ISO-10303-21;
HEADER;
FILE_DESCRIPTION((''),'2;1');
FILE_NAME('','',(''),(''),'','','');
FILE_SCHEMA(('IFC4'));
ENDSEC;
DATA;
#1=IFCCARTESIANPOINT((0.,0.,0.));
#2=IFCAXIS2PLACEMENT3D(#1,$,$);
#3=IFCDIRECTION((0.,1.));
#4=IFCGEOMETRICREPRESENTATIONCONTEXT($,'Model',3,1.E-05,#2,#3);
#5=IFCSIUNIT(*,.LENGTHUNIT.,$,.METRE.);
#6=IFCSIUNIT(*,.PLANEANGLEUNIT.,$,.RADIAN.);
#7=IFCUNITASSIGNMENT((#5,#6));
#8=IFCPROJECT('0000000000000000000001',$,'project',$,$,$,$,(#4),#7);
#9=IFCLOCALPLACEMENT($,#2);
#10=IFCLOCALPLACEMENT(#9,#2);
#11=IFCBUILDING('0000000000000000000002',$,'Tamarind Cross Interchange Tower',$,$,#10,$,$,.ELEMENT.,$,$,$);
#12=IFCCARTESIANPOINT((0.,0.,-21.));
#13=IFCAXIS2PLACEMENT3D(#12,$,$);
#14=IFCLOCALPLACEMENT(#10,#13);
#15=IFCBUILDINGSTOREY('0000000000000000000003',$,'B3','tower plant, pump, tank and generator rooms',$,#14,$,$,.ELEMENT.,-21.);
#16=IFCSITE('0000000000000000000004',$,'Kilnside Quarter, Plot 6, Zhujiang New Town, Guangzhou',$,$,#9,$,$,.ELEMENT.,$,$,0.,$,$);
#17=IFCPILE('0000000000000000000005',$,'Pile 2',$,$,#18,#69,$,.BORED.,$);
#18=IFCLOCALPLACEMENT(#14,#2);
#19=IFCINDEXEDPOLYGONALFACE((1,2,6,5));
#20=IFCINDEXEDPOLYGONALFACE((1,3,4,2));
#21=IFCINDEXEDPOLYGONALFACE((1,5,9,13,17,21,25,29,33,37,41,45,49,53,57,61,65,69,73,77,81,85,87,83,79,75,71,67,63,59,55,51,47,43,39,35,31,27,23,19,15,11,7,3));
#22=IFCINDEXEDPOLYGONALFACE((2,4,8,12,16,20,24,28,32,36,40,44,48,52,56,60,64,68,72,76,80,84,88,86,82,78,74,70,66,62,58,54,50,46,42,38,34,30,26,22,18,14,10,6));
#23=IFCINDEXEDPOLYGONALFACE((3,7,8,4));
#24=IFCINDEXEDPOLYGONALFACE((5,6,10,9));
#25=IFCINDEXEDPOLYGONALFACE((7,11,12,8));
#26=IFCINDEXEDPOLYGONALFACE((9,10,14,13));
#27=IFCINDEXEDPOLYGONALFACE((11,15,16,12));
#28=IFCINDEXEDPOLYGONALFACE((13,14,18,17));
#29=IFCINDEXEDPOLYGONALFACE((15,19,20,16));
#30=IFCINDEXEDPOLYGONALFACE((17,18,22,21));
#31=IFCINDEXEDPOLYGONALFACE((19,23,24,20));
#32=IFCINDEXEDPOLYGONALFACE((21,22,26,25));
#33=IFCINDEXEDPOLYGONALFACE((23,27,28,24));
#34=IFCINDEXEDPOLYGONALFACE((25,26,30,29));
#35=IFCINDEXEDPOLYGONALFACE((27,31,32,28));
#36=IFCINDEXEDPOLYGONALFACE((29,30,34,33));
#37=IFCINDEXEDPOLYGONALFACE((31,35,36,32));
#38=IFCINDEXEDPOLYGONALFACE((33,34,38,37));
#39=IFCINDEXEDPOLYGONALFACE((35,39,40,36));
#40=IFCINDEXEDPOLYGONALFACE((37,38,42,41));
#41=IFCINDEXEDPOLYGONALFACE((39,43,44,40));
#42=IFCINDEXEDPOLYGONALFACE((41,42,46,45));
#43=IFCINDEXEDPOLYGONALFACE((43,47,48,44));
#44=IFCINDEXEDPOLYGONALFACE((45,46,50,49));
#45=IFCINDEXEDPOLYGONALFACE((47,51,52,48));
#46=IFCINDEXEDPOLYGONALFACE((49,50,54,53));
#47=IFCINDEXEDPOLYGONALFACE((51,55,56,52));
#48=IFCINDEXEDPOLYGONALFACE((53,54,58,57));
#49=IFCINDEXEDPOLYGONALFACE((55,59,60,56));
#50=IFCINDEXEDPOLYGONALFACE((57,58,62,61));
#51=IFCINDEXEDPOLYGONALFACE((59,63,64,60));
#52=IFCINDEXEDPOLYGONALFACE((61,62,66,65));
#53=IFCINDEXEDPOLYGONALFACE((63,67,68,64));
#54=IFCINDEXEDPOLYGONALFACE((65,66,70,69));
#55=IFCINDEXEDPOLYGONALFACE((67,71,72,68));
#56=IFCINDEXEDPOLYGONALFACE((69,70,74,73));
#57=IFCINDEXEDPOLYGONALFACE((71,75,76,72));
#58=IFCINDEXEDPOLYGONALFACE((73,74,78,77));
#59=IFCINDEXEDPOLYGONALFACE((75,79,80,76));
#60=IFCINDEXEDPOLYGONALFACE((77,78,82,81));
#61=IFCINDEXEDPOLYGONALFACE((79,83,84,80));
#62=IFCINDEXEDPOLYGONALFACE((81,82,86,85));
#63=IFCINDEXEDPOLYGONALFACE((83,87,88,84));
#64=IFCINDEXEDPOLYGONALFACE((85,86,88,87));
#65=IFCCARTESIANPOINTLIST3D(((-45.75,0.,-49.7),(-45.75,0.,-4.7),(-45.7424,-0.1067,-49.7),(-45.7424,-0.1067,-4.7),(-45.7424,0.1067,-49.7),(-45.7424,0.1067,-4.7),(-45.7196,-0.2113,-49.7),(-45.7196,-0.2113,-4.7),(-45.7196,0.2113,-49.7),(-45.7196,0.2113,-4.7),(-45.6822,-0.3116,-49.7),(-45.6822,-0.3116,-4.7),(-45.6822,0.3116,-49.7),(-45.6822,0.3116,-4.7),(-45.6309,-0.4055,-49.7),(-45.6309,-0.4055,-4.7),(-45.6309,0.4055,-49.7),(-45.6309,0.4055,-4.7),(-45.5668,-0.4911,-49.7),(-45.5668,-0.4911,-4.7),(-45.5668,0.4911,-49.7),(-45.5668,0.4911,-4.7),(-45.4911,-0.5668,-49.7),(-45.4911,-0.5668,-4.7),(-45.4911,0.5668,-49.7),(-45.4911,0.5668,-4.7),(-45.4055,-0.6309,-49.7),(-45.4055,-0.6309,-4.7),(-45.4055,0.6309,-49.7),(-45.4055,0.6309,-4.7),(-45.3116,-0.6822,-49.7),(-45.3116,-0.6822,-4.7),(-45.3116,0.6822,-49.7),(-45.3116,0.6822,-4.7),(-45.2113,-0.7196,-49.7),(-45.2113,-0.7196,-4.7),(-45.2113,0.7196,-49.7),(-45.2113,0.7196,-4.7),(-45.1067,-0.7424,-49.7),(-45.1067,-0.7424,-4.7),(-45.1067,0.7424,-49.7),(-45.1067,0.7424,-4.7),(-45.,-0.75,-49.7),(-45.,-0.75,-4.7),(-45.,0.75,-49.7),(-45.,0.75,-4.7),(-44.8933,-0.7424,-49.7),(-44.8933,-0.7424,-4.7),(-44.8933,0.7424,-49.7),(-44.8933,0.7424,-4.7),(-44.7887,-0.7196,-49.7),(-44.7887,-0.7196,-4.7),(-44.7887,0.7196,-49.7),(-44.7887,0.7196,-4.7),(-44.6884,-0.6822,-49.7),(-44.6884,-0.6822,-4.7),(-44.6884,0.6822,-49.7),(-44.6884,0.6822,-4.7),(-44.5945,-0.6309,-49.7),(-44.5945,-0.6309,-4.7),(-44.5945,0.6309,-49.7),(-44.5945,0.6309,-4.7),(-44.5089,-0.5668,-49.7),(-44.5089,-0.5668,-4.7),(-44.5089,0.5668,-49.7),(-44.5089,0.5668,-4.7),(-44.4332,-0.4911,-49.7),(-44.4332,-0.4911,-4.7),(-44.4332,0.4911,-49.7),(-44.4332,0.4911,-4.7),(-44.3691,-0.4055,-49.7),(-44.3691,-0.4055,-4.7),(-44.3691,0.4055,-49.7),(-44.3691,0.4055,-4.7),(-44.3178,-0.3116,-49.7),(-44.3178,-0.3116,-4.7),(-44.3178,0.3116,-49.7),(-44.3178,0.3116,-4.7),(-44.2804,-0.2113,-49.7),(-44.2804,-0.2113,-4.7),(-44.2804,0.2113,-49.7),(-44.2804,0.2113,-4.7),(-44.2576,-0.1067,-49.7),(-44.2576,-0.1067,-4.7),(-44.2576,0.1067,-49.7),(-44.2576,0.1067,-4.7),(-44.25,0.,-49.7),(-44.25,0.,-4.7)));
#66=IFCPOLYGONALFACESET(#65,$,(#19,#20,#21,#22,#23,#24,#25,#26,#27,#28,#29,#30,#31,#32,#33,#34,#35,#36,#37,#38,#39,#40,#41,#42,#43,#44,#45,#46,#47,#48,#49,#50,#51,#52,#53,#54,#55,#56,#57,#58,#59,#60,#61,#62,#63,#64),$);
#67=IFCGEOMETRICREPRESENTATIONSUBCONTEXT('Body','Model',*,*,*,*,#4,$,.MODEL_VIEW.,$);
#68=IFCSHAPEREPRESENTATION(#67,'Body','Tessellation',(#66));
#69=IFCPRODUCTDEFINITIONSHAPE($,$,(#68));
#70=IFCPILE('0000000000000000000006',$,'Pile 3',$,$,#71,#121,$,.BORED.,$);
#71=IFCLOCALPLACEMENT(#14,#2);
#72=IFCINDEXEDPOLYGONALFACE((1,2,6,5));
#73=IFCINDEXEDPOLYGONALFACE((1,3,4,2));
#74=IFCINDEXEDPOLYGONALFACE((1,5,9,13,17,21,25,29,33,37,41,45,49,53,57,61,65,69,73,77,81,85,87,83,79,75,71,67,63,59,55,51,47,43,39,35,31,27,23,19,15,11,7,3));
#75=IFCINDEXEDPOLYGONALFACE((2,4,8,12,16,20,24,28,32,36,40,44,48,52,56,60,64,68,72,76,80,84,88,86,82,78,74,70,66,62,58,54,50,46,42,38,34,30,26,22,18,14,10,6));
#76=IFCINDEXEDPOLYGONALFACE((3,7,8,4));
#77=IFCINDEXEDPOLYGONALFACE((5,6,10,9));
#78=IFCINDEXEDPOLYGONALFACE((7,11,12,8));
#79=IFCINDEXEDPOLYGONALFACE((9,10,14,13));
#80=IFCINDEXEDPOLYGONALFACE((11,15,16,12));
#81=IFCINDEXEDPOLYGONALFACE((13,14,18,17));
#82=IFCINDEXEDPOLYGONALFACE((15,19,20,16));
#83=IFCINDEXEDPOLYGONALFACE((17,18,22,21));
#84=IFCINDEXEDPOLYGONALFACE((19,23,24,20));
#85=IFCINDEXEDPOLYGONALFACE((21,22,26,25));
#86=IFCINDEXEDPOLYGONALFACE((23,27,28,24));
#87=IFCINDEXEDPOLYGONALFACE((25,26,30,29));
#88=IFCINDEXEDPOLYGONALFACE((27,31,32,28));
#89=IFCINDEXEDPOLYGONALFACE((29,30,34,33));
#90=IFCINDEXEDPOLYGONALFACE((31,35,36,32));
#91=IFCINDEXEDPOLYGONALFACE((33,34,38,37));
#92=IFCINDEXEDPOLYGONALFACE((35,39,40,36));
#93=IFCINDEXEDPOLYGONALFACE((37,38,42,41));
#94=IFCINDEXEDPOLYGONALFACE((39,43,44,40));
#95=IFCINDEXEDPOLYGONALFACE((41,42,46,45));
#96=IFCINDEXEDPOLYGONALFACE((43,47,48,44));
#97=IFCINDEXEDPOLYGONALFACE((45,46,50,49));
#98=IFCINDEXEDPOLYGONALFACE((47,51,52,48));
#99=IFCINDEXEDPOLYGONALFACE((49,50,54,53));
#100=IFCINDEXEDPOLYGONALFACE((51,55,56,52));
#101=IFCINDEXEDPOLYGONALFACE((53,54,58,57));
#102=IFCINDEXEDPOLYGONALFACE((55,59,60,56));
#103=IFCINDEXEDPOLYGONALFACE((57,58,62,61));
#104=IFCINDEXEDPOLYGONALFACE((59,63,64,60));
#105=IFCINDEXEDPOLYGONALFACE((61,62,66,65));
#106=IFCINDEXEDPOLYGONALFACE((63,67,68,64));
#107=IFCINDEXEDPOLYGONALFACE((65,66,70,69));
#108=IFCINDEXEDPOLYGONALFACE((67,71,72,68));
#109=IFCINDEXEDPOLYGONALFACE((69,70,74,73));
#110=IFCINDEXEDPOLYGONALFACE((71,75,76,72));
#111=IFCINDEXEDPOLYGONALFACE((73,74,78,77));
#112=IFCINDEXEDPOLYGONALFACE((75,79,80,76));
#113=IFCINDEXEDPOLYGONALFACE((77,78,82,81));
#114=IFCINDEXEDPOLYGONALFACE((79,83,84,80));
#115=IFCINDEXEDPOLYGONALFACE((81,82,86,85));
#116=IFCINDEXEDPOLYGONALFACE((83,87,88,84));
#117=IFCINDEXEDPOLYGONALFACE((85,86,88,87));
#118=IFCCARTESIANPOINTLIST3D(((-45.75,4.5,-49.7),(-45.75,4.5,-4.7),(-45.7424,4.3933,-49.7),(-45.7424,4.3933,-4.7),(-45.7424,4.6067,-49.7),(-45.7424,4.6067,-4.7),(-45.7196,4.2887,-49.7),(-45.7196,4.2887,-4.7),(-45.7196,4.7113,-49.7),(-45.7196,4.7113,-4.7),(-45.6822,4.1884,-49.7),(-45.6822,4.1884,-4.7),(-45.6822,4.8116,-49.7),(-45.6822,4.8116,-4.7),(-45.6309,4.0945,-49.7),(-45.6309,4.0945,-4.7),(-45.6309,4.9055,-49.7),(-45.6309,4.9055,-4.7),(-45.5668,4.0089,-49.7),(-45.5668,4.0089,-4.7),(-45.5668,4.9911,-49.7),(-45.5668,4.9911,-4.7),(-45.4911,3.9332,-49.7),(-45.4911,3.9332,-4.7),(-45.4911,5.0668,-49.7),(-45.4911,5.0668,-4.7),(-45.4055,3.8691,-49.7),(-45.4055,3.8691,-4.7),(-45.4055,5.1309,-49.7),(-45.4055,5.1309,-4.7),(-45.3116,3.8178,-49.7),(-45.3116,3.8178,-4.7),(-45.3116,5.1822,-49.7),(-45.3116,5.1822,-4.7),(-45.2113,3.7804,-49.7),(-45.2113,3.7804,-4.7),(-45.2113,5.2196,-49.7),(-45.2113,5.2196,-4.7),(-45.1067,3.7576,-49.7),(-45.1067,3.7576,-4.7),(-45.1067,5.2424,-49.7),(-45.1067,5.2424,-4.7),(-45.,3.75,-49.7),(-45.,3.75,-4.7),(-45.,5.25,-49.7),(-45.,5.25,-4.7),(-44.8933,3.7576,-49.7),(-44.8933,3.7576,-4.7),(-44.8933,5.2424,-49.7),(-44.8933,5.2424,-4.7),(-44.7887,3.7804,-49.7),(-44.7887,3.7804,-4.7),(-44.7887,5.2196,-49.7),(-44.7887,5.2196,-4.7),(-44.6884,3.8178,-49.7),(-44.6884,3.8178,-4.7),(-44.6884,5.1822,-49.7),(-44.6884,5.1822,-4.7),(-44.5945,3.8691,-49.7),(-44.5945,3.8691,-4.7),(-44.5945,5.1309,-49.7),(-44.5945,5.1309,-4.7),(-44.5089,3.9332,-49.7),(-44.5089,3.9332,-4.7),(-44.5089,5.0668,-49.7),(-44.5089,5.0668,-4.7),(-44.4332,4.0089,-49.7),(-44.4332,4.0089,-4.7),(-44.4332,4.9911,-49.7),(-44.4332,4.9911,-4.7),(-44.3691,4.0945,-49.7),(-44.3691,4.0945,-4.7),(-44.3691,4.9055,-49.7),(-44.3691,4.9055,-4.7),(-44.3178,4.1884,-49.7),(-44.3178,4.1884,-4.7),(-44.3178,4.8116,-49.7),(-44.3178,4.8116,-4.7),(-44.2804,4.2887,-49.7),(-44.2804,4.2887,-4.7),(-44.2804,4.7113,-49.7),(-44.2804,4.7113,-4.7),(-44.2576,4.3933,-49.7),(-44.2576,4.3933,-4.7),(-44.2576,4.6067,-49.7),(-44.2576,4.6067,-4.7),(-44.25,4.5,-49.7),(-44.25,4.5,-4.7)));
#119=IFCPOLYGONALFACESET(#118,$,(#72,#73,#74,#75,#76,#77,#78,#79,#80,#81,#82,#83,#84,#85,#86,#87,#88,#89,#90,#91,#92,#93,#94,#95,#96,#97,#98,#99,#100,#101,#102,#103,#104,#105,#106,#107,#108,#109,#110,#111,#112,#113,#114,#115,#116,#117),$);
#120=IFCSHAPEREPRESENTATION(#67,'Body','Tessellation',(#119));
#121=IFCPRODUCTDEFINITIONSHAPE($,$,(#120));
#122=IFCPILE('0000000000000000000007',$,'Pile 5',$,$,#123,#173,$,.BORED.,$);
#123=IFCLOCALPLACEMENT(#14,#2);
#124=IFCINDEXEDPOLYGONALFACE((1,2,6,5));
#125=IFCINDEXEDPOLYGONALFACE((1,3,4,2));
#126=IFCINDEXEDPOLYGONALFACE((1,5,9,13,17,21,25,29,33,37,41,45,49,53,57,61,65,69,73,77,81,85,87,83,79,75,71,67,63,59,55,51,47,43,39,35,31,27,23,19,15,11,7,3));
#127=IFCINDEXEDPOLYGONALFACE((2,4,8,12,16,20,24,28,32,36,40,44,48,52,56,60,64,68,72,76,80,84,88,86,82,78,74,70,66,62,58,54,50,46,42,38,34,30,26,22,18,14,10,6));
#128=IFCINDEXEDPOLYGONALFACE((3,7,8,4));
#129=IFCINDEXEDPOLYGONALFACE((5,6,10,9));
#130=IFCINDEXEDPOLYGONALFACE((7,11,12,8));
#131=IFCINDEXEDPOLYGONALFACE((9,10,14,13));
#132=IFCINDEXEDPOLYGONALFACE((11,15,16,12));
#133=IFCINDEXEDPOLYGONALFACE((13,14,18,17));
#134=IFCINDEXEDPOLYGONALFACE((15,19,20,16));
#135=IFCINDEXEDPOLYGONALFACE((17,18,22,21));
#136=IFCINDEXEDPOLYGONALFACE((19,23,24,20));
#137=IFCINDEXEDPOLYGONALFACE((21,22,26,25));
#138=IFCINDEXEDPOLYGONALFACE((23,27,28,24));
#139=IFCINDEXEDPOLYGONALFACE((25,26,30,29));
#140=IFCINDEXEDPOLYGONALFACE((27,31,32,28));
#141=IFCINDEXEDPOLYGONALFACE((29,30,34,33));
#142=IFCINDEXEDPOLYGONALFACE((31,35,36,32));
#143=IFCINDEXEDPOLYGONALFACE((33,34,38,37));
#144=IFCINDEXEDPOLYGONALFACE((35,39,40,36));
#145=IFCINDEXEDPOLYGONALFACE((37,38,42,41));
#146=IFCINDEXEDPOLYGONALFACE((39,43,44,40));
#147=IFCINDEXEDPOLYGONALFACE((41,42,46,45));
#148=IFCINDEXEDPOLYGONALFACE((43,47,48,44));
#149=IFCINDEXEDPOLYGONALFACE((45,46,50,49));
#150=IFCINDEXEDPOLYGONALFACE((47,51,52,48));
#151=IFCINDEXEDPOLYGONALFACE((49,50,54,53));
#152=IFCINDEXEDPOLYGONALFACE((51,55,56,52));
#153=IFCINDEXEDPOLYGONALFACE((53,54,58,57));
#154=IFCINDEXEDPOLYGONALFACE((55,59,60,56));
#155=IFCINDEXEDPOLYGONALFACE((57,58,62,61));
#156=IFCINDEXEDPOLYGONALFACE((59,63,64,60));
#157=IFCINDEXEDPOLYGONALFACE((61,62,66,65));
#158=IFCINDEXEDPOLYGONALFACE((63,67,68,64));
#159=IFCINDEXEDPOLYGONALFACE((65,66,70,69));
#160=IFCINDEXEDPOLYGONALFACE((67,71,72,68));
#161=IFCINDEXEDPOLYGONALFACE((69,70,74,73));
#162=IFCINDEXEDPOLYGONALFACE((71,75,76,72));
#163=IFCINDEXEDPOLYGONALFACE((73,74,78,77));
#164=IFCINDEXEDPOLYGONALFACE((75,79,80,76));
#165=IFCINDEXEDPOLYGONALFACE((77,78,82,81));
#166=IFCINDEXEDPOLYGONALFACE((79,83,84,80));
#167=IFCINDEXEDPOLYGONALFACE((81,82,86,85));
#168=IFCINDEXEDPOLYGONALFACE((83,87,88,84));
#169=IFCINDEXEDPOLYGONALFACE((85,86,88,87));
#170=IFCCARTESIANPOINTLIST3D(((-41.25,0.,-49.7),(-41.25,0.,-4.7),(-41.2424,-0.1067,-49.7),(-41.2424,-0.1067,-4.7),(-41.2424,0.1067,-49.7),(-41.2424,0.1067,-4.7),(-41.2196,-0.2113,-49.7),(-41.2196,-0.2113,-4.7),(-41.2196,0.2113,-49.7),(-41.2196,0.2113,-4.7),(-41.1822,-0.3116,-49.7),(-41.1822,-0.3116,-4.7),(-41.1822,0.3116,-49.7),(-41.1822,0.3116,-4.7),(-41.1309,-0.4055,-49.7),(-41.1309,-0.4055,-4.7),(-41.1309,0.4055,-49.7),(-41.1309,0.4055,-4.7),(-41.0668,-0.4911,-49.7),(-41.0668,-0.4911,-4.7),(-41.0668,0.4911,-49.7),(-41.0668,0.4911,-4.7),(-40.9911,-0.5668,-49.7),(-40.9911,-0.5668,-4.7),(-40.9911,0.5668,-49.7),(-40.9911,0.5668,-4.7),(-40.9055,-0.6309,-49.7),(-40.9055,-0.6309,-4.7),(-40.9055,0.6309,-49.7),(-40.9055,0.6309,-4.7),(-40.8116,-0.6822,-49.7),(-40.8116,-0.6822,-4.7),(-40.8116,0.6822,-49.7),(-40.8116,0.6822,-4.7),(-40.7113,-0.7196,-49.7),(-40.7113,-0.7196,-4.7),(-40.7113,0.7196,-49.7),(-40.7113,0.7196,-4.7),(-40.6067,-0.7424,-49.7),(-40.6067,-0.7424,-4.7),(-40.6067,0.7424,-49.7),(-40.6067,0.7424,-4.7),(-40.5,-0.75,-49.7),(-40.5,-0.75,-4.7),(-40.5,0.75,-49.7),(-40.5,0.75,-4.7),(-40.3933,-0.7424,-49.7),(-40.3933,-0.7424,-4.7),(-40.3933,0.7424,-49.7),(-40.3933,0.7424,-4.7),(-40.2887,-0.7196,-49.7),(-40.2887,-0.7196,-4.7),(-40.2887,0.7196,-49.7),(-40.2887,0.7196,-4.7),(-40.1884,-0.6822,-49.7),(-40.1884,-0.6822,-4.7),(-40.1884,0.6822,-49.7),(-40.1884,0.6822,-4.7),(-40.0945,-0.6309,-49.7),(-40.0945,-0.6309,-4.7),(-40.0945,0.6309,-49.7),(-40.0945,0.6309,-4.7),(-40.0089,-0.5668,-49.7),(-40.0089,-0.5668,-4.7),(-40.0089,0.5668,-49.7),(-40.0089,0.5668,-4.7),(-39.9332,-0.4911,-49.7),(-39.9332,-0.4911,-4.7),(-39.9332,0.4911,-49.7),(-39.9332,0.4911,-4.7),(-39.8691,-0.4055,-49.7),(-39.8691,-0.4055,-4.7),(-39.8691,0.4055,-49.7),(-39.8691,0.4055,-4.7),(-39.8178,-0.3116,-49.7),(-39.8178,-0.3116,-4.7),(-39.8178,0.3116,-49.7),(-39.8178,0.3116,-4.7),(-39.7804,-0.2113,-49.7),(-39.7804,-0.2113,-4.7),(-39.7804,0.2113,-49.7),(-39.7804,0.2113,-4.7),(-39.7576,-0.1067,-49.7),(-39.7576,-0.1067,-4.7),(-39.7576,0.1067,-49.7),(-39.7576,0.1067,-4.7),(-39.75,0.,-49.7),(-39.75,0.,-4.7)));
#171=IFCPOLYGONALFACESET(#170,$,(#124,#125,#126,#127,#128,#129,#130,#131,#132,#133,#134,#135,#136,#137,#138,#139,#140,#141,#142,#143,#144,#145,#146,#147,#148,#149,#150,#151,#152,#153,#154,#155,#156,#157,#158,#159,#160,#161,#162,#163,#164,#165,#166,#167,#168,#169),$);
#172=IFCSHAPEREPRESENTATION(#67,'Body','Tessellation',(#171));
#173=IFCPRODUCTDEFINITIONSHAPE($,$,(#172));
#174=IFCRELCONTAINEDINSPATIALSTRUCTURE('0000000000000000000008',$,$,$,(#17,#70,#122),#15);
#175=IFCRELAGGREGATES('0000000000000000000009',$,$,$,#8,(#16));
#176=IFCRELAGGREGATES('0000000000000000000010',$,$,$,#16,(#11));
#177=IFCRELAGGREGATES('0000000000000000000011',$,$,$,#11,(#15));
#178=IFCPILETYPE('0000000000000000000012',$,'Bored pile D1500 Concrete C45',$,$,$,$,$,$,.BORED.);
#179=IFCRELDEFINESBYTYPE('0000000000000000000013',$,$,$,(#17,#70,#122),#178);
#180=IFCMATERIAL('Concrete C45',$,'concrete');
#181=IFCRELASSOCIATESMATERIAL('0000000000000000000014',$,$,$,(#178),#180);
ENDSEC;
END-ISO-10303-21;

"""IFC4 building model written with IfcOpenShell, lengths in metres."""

from ifc_helpers import new_model, si_unit, direction, frame, origin, origin_2d, place, context, subcontext, project, spatial, circle, extrude, material, material_profile, profile_set, type_object, element, save


model = new_model("IFC4")

# Units and contexts
model_context = context("Model", 3, precision=1e-05, world=origin(), true_north=direction((0.0, 1.0)))
body_context = subcontext(model_context, "Body", "Model", "MODEL_VIEW")
ifc_project = project(units=[si_unit("LENGTHUNIT", "METRE"), si_unit("PLANEANGLEUNIT", "RADIAN")], contexts=[model_context])

# Site, building, storey
site_placement = place(None, origin())
site = spatial("IfcSite", under=ifc_project, at=site_placement, Name="Kilnside Quarter, Plot 6, Zhujiang New Town, Guangzhou", CompositionType="ELEMENT", RefElevation=0.0)
building_placement = place(site_placement, origin())
building = spatial("IfcBuilding", under=site, at=building_placement, Name="Tamarind Cross Interchange Tower", CompositionType="ELEMENT")
storey_placement = place(building_placement, frame((0.0, 0.0, -21.0)))
storey = spatial("IfcBuildingStorey", under=building, at=storey_placement, Name="B3", Description="tower plant, pump, tank and generator rooms", CompositionType="ELEMENT", Elevation=-21.0)

# Piles
ifc_material_1 = material(Name="Concrete C45", Category="concrete")
ifc_material_profile_1 = material_profile(ifc_material_1, circle(Radius=0.75, at=origin_2d()), Name="RC D1500")
ifc_profile_set_1 = profile_set([ifc_material_profile_1], Name="Concrete C45")
pile_type = type_object("IfcPileType", Name="Bored pile D1500 Concrete C45", PredefinedType="BORED", material=ifc_profile_set_1)
for number, where, z_axis, x_axis, name in (
    (1, (-45.0, 0.0, -4.7), (0.0, 0.0, -1.0), (1.0, 0.0, 0.0), "Pile 2"),
    (2, (-45.0, 4.5, -4.7), (0.0, 0.0, -1.0), (1.0, 0.0, 0.0), "Pile 3"),
    (3, (-40.5, 0.0, -4.7), (0.0, 0.0, -1.0), (1.0, 0.0, 0.0), "Pile 5"),
):
    element("IfcPile", number, at=place(storey_placement, frame(where, z_axis=z_axis, x_axis=x_axis)), inside=storey, type_object=pile_type, Name=name, PredefinedType="BORED", context=body_context, shape_type="SweptSolid", body=[
        extrude(circle(Radius=0.75, at=origin_2d()), origin(), (0.0, 0.0, 1.0), 45.0),
    ])

save(model, "model.ifc")
